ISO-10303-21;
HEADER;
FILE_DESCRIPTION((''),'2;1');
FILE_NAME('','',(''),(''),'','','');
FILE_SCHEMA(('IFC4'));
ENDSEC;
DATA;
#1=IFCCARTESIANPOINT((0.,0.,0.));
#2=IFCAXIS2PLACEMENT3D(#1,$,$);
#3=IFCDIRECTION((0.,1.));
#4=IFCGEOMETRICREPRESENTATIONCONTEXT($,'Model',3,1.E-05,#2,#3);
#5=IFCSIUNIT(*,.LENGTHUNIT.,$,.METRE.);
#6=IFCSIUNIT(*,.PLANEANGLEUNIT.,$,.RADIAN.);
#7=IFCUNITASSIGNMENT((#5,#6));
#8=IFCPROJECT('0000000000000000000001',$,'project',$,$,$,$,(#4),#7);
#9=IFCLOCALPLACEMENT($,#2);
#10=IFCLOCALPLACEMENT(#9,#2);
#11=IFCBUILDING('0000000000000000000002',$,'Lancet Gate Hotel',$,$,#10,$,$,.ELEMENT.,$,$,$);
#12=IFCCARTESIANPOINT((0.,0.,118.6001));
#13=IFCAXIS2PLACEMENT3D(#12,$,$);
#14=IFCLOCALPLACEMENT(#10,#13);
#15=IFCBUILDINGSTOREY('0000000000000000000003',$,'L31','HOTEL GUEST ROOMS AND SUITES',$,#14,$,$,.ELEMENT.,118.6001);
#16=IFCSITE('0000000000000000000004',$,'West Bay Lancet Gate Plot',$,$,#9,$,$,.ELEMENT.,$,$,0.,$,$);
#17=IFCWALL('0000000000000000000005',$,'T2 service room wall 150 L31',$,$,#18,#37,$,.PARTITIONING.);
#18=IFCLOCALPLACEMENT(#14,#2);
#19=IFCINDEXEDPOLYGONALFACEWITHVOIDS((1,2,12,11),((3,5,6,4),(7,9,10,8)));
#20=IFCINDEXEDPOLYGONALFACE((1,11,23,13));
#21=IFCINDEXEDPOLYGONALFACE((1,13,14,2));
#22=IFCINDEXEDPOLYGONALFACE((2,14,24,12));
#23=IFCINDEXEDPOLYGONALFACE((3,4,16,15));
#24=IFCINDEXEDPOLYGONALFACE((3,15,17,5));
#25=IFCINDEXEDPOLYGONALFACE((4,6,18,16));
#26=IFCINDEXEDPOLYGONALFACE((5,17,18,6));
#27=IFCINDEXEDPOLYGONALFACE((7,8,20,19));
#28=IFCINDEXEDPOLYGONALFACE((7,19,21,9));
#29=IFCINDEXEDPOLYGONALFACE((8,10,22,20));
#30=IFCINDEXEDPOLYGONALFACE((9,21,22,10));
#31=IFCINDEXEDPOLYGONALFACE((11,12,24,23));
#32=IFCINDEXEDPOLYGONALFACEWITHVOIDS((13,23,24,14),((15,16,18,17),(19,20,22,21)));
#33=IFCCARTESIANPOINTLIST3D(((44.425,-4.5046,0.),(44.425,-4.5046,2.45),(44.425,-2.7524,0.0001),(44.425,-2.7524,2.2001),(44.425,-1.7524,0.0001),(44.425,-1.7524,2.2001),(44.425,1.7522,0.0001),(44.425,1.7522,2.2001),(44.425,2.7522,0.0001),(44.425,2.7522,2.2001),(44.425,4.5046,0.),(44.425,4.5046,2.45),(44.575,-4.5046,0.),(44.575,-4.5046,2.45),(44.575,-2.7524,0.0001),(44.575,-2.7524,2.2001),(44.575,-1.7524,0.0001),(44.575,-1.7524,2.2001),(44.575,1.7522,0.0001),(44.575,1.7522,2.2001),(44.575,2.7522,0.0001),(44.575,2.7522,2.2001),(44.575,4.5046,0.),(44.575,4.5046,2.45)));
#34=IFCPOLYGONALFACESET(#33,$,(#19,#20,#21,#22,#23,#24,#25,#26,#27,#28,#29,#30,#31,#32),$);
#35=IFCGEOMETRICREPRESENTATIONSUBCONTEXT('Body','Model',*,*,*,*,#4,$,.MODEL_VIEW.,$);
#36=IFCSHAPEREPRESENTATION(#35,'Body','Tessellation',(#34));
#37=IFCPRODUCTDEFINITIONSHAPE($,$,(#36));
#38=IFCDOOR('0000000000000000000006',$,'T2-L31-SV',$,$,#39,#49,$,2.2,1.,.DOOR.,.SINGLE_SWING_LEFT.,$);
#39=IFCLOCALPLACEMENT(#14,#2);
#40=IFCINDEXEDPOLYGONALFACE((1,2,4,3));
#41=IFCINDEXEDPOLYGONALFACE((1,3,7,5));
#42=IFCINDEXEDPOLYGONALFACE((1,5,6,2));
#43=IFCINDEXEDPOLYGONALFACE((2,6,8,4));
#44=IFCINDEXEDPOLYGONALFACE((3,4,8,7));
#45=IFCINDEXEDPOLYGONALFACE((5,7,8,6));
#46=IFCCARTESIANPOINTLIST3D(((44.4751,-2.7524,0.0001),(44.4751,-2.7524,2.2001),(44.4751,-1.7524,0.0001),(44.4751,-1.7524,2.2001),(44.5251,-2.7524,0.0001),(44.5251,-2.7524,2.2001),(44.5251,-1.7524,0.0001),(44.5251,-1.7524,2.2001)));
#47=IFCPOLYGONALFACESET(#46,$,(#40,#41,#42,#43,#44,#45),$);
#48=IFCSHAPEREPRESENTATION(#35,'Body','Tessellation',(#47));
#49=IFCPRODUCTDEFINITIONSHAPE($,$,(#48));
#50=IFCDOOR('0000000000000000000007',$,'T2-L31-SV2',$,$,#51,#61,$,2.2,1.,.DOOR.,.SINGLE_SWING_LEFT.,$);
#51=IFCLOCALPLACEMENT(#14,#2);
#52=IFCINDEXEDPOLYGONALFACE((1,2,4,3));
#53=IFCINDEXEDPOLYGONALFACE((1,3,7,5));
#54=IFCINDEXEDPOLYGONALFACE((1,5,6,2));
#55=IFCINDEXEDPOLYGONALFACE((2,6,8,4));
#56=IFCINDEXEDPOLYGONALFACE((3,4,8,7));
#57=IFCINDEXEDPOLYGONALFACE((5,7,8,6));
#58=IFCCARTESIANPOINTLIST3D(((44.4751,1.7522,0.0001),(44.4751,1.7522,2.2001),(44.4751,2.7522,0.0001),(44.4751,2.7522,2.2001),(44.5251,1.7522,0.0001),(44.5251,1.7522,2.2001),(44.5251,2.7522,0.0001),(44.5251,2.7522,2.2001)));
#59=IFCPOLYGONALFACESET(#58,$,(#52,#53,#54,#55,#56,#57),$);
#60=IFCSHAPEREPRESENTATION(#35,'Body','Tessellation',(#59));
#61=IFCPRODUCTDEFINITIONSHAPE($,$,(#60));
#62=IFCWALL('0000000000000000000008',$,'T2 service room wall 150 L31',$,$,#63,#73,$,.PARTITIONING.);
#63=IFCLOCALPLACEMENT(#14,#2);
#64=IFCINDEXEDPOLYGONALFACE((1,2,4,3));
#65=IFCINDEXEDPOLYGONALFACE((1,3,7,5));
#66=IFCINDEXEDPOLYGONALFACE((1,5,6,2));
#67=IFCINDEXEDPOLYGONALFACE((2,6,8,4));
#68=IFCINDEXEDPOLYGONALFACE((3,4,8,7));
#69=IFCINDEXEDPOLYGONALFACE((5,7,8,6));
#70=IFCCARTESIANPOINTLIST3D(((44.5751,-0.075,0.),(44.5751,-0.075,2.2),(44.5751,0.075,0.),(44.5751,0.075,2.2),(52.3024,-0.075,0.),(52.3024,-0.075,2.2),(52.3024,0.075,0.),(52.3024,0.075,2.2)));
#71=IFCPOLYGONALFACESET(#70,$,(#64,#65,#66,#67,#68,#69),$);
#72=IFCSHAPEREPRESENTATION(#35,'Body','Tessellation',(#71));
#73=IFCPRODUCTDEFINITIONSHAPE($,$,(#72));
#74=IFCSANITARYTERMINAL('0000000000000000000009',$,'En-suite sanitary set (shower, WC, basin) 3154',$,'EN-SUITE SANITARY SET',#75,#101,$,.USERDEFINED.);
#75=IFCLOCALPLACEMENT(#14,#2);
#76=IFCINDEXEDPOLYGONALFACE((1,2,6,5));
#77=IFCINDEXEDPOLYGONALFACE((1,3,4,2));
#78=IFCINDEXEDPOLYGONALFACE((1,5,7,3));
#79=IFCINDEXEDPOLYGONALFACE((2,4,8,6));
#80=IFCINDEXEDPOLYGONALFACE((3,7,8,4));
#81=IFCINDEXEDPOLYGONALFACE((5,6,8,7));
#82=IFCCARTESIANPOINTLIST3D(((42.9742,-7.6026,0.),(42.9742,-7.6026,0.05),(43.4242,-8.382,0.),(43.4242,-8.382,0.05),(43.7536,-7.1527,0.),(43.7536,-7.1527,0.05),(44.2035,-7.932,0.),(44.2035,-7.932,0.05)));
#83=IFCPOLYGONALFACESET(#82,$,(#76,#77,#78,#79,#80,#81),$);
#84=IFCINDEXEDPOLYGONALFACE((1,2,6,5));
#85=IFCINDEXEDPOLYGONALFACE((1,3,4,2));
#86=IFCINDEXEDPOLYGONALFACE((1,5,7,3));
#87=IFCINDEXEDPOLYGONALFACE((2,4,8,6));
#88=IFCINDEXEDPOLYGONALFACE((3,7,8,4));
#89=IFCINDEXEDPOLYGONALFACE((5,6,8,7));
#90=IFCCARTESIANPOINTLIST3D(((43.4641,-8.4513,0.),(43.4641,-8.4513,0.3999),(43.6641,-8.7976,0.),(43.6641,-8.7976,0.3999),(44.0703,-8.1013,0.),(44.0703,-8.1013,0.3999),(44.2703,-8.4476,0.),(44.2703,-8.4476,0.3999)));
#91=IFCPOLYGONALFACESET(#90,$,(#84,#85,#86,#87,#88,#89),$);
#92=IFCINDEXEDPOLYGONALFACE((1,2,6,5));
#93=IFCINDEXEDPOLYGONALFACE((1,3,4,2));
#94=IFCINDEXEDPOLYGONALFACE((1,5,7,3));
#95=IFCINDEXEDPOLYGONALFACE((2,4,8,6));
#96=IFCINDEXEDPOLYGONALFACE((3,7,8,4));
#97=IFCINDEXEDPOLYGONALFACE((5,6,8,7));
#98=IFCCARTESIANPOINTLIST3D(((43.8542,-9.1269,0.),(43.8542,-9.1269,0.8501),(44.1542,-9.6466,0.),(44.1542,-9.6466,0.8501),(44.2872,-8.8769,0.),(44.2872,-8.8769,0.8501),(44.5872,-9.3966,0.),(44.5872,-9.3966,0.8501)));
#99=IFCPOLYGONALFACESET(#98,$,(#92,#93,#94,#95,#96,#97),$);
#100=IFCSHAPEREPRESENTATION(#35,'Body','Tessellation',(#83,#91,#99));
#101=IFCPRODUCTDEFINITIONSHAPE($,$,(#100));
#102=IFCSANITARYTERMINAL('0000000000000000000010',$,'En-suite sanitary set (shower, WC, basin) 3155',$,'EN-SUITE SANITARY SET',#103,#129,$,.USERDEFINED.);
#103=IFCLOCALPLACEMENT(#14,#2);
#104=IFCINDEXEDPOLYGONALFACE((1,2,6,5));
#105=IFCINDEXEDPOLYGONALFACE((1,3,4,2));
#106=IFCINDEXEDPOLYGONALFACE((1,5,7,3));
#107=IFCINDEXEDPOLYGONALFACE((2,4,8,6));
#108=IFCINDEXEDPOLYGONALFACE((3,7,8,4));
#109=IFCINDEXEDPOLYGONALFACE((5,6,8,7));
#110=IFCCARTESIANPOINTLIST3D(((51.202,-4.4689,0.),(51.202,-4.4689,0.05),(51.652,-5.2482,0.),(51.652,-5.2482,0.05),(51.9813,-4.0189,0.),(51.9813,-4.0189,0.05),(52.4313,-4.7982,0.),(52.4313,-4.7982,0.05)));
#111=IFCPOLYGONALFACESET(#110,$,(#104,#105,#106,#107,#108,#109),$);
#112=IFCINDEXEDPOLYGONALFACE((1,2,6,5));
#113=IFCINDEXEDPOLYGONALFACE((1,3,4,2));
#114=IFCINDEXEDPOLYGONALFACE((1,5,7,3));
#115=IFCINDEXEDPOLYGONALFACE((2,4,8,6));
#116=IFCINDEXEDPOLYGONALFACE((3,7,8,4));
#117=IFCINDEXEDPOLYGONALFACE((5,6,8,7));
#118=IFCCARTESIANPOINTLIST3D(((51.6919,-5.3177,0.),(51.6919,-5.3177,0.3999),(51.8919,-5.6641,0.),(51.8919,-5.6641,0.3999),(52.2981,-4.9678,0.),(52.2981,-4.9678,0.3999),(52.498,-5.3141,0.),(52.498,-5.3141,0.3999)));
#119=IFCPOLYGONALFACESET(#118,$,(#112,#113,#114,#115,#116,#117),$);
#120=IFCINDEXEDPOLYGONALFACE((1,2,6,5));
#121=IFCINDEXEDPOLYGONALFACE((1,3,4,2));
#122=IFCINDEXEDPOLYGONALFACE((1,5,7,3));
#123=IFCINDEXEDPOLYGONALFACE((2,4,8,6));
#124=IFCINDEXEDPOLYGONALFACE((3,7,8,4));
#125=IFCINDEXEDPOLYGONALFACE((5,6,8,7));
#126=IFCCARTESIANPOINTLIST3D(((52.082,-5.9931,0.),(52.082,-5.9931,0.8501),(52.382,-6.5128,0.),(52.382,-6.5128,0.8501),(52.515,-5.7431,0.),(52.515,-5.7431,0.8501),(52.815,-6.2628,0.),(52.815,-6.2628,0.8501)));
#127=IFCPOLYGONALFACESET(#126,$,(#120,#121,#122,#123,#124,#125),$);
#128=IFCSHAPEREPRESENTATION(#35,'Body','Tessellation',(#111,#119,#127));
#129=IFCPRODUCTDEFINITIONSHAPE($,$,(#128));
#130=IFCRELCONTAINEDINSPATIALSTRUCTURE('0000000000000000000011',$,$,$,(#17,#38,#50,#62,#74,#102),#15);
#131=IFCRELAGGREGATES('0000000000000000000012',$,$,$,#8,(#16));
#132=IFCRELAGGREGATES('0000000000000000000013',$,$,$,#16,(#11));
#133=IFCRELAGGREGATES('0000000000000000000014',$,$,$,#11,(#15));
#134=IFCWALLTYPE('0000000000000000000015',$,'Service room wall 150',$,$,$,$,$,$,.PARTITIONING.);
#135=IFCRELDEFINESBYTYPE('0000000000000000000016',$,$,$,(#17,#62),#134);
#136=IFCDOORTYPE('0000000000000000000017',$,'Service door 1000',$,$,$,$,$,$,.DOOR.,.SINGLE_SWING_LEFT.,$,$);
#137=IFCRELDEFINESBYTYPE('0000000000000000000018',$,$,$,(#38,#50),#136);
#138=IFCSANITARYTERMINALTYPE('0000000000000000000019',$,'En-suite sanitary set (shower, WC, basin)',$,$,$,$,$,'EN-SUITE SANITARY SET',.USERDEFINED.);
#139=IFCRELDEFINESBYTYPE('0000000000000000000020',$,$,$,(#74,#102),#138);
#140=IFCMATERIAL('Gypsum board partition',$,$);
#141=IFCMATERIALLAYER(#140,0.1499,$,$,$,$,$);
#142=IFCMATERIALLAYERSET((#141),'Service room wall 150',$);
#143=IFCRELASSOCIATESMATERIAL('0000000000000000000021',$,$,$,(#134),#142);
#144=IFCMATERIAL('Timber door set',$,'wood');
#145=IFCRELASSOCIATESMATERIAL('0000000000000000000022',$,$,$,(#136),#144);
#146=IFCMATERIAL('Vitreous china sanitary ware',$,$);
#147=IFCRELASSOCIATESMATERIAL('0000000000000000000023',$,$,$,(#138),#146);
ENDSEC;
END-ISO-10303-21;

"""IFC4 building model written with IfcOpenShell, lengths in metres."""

from ifc_helpers import new_model, si_unit, direction, frame, frame_2d, origin, origin_2d, place, context, subcontext, project, spatial, rectangle, extrude, material, layer, layer_set, type_object, element, fill, save


model = new_model("IFC4")

# Units and contexts
model_context = context("Model", 3, precision=1e-05, world=origin(), true_north=direction((0.0, 1.0)))
body_context = subcontext(model_context, "Body", "Model", "MODEL_VIEW")
ifc_project = project(units=[si_unit("LENGTHUNIT", "METRE"), si_unit("PLANEANGLEUNIT", "RADIAN")], contexts=[model_context])

# Site, building, storey
site_placement = place(None, origin())
site = spatial("IfcSite", under=ifc_project, at=site_placement, Name="West Bay Lancet Gate Plot", CompositionType="ELEMENT", RefElevation=0.0)
building_placement = place(site_placement, origin())
building = spatial("IfcBuilding", under=site, at=building_placement, Name="Lancet Gate Hotel", CompositionType="ELEMENT")
storey_placement = place(building_placement, frame((0.0, 0.0, 118.6001)))
storey = spatial("IfcBuildingStorey", under=building, at=storey_placement, Name="L31", Description="HOTEL GUEST ROOMS AND SUITES", CompositionType="ELEMENT", Elevation=118.6001)

# Shared definitions
ifc_material_1 = material(Name="Gypsum board partition")
ifc_layer_1 = layer(ifc_material_1, 0.1499)
ifc_layer_set_1 = layer_set([ifc_layer_1], Name="Service room wall 150")
wall_type_1 = type_object("IfcWallType", Name="Service room wall 150", PredefinedType="PARTITIONING", material=ifc_layer_set_1)

# Wall, openings, doors
wall_1_placement = place(storey_placement, frame((44.5, -4.5046, 0.0), z_axis=(0.0, 0.0, 1.0), x_axis=(0.0, 1.0, 0.0)))
wall_1 = element("IfcWall", 1, at=wall_1_placement, inside=storey, type_object=wall_type_1, Name="T2 service room wall 150 L31", PredefinedType="PARTITIONING", context=body_context, shape_type="SweptSolid", body=[
    extrude(rectangle(XDim=9.0093, YDim=0.1499, at=frame_2d((4.5046, 0.0))), origin(), (0.0, 0.0, 1.0), 2.45),
])
opening_1_placement = place(wall_1_placement, frame((1.7522, 0.0, 0.0)))
opening_1 = element("IfcOpeningElement", 2, at=opening_1_placement, cuts=wall_1, PredefinedType="OPENING", context=body_context, shape_type="SweptSolid", body=[
    extrude(rectangle(XDim=1.0, YDim=2.2, at=frame_2d((0.5, 1.1001))), frame((0.0, 0.085, 0.0), z_axis=(0.0, -1.0, 0.0), x_axis=(1.0, 0.0, 0.0)), (0.0, 0.0, 1.0), 0.1699),
])
opening_2_placement = place(wall_1_placement, frame((6.2568, 0.0, 0.0)))
opening_2 = element("IfcOpeningElement", 3, at=opening_2_placement, cuts=wall_1, PredefinedType="OPENING", context=body_context, shape_type="SweptSolid", body=[
    extrude(rectangle(XDim=1.0, YDim=2.2, at=frame_2d((0.5, 1.1001))), frame((0.0, 0.085, 0.0), z_axis=(0.0, -1.0, 0.0), x_axis=(1.0, 0.0, 0.0)), (0.0, 0.0, 1.0), 0.1699),
])
ifc_material_2 = material(Name="Timber door set", Category="wood")
door_type_1 = type_object("IfcDoorType", Name="Service door 1000", OperationType="SINGLE_SWING_LEFT", PredefinedType="DOOR", material=ifc_material_2)
door_1_placement = place(opening_1_placement, origin())
door_1 = element("IfcDoor", 4, at=door_1_placement, inside=storey, type_object=door_type_1, Name="T2-L31-SV", OperationType="SINGLE_SWING_LEFT", OverallHeight=2.2, OverallWidth=1.0, PredefinedType="DOOR", context=body_context, shape_type="SweptSolid", body=[
    extrude(rectangle(XDim=1.0, YDim=2.2, at=frame_2d((0.5, 1.1001))), frame((0.0, 0.0249, 0.0), z_axis=(0.0, -1.0, 0.0), x_axis=(1.0, 0.0, 0.0)), (0.0, 0.0, 1.0), 0.05),
])
fill(opening_1, door_1)
door_2_placement = place(opening_2_placement, origin())
door_2 = element("IfcDoor", 5, at=door_2_placement, inside=storey, type_object=door_type_1, Name="T2-L31-SV2", OperationType="SINGLE_SWING_LEFT", OverallHeight=2.2, OverallWidth=1.0, PredefinedType="DOOR", context=body_context, shape_type="SweptSolid", body=[
    extrude(rectangle(XDim=1.0, YDim=2.2, at=frame_2d((0.5, 1.1001))), frame((0.0, 0.0249, 0.0), z_axis=(0.0, -1.0, 0.0), x_axis=(1.0, 0.0, 0.0)), (0.0, 0.0, 1.0), 0.05),
])
fill(opening_2, door_2)

# Wall
wall_2_placement = place(storey_placement, frame((44.575, 0.0, 0.0), z_axis=(0.0, 0.0, 1.0), x_axis=(1.0, 0.0, 0.0)))
element("IfcWall", 6, at=wall_2_placement, inside=storey, type_object=wall_type_1, Name="T2 service room wall 150 L31", PredefinedType="PARTITIONING", context=body_context, shape_type="SweptSolid", body=[
    extrude(rectangle(XDim=7.7273, YDim=0.1499, at=frame_2d((3.8638, 0.0))), origin(), (0.0, 0.0, 1.0), 2.2),
])

# Sanitary terminals
ifc_material_3 = material(Name="Vitreous china sanitary ware")
sanitary_terminal_type = type_object("IfcSanitaryTerminalType", Name="En-suite sanitary set (shower, WC, basin)", ElementType="EN-SUITE SANITARY SET", PredefinedType="USERDEFINED", material=ifc_material_3)
sanitary_terminal_1_placement = place(storey_placement, frame((43.5889, -7.7673, 0.0), z_axis=(0.0, 0.0, 1.0), x_axis=(1.0, 0.0, 0.0)))
element("IfcSanitaryTerminal", 7, at=sanitary_terminal_1_placement, inside=storey, type_object=sanitary_terminal_type, Name="En-suite sanitary set (shower, WC, basin) 3154", ObjectType="EN-SUITE SANITARY SET", PredefinedType="USERDEFINED", context=body_context, shape_type="SweptSolid", body=[
    extrude(rectangle(XDim=0.8999, YDim=0.8999, at=origin_2d()), frame((0.0, 0.0, 0.0), z_axis=(0.0, 0.0, 1.0), x_axis=(-0.5, 0.866025, 0.0)), (0.0, 0.0, 1.0), 0.05),
    extrude(rectangle(XDim=0.3999, YDim=0.7, at=origin_2d()), frame((0.2783, -0.6821, 0.0), z_axis=(0.0, 0.0, 1.0), x_axis=(-0.5, 0.866025, 0.0)), (0.0, 0.0, 1.0), 0.3999),
    extrude(rectangle(XDim=0.6001, YDim=0.5, at=origin_2d()), frame((0.6318, -1.4944, 0.0), z_axis=(0.0, 0.0, 1.0), x_axis=(-0.5, 0.866025, 0.0)), (0.0, 0.0, 1.0), 0.8501),
])
sanitary_terminal_2_placement = place(storey_placement, frame((51.8167, -4.6335, 0.0), z_axis=(0.0, 0.0, 1.0), x_axis=(1.0, 0.0, 0.0)))
element("IfcSanitaryTerminal", 8, at=sanitary_terminal_2_placement, inside=storey, type_object=sanitary_terminal_type, Name="En-suite sanitary set (shower, WC, basin) 3155", ObjectType="EN-SUITE SANITARY SET", PredefinedType="USERDEFINED", context=body_context, shape_type="SweptSolid", body=[
    extrude(rectangle(XDim=0.8999, YDim=0.8999, at=origin_2d()), frame((0.0, 0.0, 0.0), z_axis=(0.0, 0.0, 1.0), x_axis=(-0.5, 0.866025, 0.0)), (0.0, 0.0, 1.0), 0.05),
    extrude(rectangle(XDim=0.3999, YDim=0.7, at=origin_2d()), frame((0.2783, -0.6824, 0.0), z_axis=(0.0, 0.0, 1.0), x_axis=(-0.5, 0.866025, 0.0)), (0.0, 0.0, 1.0), 0.3999),
    extrude(rectangle(XDim=0.6001, YDim=0.5, at=origin_2d()), frame((0.6318, -1.4944, 0.0), z_axis=(0.0, 0.0, 1.0), x_axis=(-0.5, 0.866025, 0.0)), (0.0, 0.0, 1.0), 0.8501),
])

save(model, "model.ifc")
